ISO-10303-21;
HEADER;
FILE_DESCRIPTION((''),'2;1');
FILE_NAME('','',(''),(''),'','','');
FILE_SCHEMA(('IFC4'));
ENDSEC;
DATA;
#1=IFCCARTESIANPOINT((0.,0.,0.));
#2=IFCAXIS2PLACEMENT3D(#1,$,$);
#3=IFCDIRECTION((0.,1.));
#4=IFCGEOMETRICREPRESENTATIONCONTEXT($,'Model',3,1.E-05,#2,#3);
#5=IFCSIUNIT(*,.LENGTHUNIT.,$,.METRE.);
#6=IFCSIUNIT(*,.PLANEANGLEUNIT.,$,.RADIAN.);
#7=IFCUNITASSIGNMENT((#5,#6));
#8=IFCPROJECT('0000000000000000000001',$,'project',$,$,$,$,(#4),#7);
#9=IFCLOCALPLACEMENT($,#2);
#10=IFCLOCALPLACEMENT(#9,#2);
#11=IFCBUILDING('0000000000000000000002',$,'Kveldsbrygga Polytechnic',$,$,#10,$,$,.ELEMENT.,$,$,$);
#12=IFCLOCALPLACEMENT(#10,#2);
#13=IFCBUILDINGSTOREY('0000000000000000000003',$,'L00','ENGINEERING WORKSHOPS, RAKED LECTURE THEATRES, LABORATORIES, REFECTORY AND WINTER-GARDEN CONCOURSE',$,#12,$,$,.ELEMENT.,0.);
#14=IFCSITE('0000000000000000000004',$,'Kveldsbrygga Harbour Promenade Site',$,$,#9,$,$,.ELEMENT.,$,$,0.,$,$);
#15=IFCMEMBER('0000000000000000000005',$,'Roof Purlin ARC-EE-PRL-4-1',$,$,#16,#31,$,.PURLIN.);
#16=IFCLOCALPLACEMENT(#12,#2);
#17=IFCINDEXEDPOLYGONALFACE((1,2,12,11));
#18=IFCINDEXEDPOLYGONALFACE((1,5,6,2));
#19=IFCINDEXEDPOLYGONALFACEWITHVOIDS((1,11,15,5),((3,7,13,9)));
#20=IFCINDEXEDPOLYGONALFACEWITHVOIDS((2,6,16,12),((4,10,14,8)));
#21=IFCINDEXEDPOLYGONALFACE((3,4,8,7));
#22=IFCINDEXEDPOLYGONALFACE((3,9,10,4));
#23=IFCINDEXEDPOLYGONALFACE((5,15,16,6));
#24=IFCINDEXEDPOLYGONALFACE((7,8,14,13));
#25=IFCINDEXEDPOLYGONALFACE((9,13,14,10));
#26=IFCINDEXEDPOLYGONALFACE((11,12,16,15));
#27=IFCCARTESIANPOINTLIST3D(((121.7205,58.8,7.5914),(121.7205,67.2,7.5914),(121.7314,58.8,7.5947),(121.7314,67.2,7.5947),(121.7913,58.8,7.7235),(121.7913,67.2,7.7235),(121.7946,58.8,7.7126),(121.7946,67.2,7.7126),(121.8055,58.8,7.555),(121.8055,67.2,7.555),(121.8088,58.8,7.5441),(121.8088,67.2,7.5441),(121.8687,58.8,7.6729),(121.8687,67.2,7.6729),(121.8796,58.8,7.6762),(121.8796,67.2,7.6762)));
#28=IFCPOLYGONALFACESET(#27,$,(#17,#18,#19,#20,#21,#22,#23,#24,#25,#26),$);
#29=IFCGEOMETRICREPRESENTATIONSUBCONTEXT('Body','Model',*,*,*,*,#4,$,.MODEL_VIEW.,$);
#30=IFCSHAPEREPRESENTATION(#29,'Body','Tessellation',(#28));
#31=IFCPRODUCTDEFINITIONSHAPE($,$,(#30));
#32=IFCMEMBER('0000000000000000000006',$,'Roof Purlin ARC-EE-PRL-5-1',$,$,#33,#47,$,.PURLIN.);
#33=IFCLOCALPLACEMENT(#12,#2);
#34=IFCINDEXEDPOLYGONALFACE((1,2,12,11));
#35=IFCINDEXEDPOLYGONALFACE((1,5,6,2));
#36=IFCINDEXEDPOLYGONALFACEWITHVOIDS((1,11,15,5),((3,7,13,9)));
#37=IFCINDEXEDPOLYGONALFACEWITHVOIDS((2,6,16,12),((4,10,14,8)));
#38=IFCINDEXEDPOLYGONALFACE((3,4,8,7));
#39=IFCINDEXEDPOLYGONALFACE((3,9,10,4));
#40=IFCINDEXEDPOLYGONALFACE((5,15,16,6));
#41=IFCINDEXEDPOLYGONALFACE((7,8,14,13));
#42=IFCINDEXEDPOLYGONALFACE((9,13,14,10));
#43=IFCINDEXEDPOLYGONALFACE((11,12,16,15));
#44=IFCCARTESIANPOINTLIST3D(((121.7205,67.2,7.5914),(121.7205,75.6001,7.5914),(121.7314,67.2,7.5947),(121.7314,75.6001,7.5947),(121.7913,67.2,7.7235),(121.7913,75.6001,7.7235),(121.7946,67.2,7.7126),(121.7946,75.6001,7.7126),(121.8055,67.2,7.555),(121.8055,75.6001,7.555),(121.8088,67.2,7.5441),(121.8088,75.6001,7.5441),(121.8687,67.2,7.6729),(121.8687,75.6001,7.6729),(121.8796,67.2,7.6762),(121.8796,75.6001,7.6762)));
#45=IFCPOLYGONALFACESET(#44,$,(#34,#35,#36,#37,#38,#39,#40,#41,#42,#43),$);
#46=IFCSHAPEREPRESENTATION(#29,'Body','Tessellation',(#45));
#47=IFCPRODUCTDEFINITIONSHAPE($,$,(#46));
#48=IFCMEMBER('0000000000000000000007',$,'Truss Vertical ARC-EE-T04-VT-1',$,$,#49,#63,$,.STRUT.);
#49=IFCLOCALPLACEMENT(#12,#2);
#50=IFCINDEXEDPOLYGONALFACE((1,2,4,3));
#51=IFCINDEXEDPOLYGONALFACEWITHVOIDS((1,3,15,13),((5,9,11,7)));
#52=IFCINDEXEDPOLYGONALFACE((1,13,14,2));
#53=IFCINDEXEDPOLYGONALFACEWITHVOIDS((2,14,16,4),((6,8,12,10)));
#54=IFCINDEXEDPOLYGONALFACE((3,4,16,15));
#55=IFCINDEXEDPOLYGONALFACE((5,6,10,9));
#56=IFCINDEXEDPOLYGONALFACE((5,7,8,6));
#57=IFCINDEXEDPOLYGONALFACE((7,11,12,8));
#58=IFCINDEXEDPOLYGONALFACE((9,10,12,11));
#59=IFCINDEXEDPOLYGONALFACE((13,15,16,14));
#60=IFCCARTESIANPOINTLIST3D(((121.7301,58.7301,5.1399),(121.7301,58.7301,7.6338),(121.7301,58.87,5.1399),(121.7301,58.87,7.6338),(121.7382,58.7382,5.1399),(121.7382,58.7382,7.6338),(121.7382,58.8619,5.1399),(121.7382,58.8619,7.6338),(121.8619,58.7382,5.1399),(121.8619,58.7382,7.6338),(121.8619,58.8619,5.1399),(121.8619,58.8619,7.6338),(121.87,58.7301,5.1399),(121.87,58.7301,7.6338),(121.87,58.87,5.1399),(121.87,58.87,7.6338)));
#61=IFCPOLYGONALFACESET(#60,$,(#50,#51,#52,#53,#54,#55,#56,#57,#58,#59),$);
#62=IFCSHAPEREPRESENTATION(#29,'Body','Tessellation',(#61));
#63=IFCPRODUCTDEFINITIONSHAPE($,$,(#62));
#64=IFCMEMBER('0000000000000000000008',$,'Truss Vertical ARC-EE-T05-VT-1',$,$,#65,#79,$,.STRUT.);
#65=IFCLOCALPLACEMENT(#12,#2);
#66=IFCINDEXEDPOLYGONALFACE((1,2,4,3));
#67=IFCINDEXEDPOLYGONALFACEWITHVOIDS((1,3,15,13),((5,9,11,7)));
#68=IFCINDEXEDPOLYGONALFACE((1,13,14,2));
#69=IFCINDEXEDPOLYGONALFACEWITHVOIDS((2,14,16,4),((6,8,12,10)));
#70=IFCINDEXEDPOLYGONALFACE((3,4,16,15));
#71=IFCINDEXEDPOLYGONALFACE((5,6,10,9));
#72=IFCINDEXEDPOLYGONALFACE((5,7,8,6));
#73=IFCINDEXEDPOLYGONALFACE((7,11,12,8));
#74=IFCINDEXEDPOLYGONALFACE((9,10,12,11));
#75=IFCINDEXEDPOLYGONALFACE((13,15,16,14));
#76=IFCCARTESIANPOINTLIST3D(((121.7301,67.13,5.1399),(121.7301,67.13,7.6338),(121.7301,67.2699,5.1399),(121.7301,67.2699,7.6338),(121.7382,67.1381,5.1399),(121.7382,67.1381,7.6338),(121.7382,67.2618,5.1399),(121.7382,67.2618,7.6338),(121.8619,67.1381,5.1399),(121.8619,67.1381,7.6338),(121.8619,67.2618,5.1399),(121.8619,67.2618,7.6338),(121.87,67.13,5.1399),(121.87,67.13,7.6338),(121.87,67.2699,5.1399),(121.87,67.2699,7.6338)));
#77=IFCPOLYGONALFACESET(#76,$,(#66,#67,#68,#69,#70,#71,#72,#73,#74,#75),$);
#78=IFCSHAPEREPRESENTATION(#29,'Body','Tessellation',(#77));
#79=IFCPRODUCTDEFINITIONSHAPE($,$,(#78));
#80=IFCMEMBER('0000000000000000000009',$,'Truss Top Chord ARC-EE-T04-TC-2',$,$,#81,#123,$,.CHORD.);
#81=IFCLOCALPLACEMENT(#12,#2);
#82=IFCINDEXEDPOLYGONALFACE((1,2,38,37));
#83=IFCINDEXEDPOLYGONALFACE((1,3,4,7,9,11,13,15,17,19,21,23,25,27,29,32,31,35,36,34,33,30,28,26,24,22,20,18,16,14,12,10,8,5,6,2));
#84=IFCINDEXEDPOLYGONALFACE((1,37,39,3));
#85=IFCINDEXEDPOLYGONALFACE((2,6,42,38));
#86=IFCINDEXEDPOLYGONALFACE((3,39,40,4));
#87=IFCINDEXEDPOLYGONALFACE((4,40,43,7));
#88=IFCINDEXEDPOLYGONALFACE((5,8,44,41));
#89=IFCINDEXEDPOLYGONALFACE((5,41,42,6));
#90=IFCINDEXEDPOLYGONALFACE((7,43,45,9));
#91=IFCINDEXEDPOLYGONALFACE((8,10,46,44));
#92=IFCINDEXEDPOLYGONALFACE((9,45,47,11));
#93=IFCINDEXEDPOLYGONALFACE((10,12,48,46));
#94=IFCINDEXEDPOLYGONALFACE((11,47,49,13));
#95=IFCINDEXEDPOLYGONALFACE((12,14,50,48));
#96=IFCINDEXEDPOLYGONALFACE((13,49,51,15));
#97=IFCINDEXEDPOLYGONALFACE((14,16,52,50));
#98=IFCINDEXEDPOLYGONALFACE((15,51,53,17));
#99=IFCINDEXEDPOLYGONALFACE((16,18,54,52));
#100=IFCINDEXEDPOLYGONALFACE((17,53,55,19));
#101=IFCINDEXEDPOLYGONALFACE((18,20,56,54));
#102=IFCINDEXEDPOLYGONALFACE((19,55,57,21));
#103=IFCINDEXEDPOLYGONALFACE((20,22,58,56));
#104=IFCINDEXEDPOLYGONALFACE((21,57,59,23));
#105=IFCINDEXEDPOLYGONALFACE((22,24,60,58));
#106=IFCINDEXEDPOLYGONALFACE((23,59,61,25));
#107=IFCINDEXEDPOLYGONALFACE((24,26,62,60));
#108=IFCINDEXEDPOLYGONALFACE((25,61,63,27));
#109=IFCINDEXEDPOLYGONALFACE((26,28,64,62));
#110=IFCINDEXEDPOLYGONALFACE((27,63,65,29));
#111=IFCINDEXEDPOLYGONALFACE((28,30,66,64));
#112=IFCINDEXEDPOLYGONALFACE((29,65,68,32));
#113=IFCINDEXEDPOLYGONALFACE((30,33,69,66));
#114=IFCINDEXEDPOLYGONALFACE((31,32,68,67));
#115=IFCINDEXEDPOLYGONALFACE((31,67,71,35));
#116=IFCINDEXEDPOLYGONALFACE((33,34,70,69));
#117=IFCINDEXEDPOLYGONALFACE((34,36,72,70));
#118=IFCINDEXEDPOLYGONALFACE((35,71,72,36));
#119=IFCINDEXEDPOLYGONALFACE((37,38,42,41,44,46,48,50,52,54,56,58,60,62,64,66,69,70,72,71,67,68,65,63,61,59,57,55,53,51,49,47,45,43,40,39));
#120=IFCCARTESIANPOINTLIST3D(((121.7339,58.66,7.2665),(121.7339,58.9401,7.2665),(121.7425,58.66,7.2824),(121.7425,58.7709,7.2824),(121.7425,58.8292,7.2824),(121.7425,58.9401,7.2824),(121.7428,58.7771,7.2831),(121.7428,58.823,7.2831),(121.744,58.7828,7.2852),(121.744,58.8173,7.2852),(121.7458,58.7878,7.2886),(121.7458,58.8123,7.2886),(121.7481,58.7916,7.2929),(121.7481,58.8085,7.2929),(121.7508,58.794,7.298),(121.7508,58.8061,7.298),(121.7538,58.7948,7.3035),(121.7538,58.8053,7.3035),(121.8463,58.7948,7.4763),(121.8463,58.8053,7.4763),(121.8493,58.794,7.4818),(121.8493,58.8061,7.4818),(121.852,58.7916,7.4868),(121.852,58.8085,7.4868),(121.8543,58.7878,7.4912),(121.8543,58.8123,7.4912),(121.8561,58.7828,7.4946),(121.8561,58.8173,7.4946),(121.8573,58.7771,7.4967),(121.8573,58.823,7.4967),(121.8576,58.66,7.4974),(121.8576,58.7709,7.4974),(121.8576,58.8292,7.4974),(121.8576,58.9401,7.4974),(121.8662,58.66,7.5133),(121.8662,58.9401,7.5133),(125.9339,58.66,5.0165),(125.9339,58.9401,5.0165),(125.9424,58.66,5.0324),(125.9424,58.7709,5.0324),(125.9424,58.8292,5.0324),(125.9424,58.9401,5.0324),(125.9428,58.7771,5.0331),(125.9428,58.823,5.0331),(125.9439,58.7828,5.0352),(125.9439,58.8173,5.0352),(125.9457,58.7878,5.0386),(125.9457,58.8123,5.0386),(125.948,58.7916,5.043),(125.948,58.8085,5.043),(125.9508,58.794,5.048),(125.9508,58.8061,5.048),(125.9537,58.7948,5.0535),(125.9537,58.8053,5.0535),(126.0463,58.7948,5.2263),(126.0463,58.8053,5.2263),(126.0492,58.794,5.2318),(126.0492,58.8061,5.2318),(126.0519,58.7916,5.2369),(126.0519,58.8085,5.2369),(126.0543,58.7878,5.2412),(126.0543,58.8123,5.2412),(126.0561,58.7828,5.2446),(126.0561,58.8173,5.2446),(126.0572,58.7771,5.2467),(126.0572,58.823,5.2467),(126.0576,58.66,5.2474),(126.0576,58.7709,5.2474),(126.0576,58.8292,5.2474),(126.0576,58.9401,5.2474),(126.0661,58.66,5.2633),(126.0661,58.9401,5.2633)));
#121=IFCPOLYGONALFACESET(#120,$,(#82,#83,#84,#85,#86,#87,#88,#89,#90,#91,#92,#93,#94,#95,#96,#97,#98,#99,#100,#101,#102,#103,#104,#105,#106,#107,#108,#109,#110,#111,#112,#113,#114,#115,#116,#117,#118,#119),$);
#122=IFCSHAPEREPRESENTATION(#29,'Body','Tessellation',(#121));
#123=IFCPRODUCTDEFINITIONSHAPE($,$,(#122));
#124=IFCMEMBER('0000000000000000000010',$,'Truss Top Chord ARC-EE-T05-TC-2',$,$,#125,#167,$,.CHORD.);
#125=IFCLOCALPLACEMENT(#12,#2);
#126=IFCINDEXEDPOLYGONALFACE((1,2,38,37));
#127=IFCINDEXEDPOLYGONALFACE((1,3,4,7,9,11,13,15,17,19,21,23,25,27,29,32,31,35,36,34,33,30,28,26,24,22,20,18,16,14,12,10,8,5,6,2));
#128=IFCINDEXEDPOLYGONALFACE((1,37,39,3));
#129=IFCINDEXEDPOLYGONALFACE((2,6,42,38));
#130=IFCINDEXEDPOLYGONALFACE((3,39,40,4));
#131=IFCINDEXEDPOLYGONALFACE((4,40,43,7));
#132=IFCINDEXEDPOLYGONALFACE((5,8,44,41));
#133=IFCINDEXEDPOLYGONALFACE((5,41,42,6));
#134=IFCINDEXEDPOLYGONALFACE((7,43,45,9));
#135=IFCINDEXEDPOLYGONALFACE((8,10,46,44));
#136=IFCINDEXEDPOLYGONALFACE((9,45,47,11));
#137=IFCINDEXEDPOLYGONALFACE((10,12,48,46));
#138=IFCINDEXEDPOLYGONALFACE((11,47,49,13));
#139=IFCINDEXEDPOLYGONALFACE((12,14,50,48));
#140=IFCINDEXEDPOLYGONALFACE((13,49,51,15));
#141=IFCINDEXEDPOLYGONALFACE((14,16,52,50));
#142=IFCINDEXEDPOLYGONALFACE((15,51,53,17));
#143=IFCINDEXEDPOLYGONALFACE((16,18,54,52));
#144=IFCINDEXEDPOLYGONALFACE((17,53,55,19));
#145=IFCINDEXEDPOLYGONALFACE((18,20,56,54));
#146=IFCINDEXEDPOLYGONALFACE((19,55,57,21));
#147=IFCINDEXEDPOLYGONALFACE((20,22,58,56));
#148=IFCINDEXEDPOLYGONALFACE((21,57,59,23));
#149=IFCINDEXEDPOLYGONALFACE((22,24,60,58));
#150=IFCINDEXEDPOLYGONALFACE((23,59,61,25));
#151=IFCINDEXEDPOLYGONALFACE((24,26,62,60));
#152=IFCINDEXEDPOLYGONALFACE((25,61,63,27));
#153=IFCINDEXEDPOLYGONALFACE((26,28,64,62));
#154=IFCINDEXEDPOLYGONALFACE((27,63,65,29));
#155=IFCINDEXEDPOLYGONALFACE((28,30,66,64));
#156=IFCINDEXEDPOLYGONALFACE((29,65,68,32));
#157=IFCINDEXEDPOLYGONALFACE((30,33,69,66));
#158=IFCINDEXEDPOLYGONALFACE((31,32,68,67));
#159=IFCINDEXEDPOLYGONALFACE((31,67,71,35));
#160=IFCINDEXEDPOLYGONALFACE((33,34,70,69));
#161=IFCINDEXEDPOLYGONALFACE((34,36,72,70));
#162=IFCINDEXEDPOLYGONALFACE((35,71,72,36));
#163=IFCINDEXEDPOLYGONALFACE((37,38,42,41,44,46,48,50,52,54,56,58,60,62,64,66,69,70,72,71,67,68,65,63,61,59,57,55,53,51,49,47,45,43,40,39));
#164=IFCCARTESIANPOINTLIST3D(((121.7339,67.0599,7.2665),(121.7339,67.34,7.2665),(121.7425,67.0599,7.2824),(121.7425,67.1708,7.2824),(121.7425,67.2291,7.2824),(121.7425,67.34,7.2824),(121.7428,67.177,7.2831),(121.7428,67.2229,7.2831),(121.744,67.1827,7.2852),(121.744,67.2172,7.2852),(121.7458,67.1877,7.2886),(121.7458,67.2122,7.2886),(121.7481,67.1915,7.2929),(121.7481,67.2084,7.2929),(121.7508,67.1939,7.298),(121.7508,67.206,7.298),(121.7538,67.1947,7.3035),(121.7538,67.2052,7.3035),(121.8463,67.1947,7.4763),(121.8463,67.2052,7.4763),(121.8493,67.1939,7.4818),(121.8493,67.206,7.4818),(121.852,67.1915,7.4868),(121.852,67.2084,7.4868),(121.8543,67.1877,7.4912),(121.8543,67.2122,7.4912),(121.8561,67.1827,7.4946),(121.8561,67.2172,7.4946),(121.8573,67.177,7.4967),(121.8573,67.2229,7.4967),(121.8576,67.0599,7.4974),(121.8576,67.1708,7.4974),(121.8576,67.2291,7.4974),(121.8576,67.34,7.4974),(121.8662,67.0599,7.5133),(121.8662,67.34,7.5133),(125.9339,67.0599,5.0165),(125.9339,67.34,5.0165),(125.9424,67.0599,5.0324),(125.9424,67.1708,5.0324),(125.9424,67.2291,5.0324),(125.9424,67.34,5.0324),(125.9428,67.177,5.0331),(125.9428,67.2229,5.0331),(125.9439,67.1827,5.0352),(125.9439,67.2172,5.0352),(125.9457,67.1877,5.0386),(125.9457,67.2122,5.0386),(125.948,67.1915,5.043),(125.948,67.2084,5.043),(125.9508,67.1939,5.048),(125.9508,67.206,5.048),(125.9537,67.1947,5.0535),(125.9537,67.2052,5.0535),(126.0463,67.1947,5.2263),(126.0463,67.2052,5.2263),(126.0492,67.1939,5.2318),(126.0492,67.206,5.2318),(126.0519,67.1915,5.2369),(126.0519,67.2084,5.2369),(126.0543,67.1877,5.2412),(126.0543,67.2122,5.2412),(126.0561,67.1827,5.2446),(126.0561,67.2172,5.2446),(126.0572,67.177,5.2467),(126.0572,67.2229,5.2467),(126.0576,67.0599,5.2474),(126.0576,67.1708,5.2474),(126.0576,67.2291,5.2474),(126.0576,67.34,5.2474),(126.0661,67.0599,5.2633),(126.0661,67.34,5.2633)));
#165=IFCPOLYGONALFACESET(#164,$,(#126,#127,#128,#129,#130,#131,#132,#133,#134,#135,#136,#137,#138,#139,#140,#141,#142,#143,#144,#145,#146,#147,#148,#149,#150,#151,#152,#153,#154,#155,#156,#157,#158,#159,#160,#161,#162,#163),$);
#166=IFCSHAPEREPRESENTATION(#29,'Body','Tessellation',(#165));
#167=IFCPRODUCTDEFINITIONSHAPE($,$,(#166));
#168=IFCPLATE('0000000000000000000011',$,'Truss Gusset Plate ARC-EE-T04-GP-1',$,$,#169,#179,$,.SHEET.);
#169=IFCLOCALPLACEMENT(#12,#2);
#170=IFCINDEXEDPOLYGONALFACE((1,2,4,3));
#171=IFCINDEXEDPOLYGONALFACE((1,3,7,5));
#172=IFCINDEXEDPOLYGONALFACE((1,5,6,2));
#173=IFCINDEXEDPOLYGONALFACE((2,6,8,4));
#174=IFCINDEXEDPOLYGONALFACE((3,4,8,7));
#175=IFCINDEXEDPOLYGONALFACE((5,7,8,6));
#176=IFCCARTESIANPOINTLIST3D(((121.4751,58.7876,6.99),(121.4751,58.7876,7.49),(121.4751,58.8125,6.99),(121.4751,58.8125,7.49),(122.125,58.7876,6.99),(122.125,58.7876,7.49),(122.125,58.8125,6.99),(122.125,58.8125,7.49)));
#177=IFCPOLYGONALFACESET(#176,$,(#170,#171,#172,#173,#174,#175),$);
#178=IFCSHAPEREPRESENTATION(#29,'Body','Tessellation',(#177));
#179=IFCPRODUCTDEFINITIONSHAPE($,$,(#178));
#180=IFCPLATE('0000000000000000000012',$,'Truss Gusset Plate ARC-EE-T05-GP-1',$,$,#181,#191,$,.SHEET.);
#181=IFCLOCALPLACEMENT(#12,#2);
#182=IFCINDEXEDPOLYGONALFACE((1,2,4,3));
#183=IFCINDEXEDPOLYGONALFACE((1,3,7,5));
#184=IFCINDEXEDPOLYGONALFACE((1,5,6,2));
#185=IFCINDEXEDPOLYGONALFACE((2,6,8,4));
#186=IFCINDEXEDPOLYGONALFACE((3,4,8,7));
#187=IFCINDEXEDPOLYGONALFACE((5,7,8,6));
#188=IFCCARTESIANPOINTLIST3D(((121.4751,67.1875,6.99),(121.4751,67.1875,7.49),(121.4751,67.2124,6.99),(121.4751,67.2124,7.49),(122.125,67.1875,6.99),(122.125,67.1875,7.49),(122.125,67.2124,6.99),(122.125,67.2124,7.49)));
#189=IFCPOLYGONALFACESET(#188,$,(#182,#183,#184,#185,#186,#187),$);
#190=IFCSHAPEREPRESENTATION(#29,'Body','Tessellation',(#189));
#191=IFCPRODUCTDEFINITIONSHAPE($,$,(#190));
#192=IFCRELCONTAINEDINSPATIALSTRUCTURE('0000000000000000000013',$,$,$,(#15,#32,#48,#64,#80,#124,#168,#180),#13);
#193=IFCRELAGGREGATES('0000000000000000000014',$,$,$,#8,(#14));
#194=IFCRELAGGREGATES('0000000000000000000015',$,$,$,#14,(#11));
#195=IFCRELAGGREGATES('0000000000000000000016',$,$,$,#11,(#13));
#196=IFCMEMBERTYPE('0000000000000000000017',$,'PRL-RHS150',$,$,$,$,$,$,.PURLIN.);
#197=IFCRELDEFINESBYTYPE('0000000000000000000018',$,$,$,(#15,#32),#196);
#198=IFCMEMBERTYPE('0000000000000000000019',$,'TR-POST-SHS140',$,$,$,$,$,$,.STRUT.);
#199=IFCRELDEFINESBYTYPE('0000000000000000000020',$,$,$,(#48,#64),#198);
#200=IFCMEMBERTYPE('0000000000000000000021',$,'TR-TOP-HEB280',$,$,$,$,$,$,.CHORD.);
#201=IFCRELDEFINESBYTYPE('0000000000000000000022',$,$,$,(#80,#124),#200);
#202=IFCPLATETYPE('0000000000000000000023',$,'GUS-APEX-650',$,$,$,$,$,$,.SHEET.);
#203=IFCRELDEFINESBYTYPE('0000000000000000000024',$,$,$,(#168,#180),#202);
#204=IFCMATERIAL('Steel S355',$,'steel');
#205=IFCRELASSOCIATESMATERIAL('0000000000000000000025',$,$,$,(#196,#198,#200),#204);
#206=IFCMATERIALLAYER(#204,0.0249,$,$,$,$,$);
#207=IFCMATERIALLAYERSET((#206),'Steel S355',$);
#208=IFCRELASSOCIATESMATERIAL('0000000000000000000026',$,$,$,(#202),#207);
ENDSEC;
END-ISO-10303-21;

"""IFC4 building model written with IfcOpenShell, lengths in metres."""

from ifc_helpers import new_model, si_unit, direction, frame, origin, origin_2d, place, context, subcontext, project, spatial, rectangle, hollow_rectangle, i_section, extrude, material, layer, layer_set, material_profile, profile_set, type_object, element, save


model = new_model("IFC4")

# Units and contexts
model_context = context("Model", 3, precision=1e-05, world=origin(), true_north=direction((0.0, 1.0)))
body_context = subcontext(model_context, "Body", "Model", "MODEL_VIEW")
ifc_project = project(units=[si_unit("LENGTHUNIT", "METRE"), si_unit("PLANEANGLEUNIT", "RADIAN")], contexts=[model_context])

# Site, building, storey
site_placement = place(None, origin())
site = spatial("IfcSite", under=ifc_project, at=site_placement, Name="Kveldsbrygga Harbour Promenade Site", CompositionType="ELEMENT", RefElevation=0.0)
building_placement = place(site_placement, origin())
building = spatial("IfcBuilding", under=site, at=building_placement, Name="Kveldsbrygga Polytechnic", CompositionType="ELEMENT")
storey_placement = place(building_placement, origin())
storey = spatial("IfcBuildingStorey", under=building, at=storey_placement, Name="L00", Description="ENGINEERING WORKSHOPS, RAKED LECTURE THEATRES, LABORATORIES, REFECTORY AND WINTER-GARDEN CONCOURSE", CompositionType="ELEMENT", Elevation=0.0)

# Members
ifc_material_1 = material(Name="Steel S355", Category="steel")
ifc_material_profile_1 = material_profile(ifc_material_1, hollow_rectangle(XDim=0.1001, YDim=0.1499, WallThickness=0.0081, at=origin_2d()), Name="RHS 150x100x8.0")
ifc_profile_set_1 = profile_set([ifc_material_profile_1], Name="Steel S355")
member_type_1 = type_object("IfcMemberType", Name="PRL-RHS150", PredefinedType="PURLIN", material=ifc_profile_set_1)
member_1_placement = place(storey_placement, frame((121.8, 58.8, 7.6338), z_axis=(0.0, 1.0, 0.0), x_axis=(-0.88148, 0.0, 0.472222)))
element("IfcMember", 1, at=member_1_placement, inside=storey, type_object=member_type_1, Name="Roof Purlin ARC-EE-PRL-4-1", PredefinedType="PURLIN", context=body_context, shape_type="SweptSolid", body=[
    extrude(hollow_rectangle(XDim=0.1001, YDim=0.1499, WallThickness=0.0081, at=origin_2d()), origin(), (0.0, 0.0, 1.0), 8.3999),
])
member_2_placement = place(storey_placement, frame((121.8, 67.2, 7.6338), z_axis=(0.0, 1.0, 0.0), x_axis=(-0.88148, 0.0, 0.472222)))
element("IfcMember", 2, at=member_2_placement, inside=storey, type_object=member_type_1, Name="Roof Purlin ARC-EE-PRL-5-1", PredefinedType="PURLIN", context=body_context, shape_type="SweptSolid", body=[
    extrude(hollow_rectangle(XDim=0.1001, YDim=0.1499, WallThickness=0.0081, at=origin_2d()), origin(), (0.0, 0.0, 1.0), 8.4001),
])
ifc_material_profile_2 = material_profile(ifc_material_1, hollow_rectangle(XDim=0.1399, YDim=0.1399, WallThickness=0.0081, at=origin_2d()), Name="SHS 140x140x8.0")
ifc_profile_set_2 = profile_set([ifc_material_profile_2], Name="Steel S355")
member_type_2 = type_object("IfcMemberType", Name="TR-POST-SHS140", PredefinedType="STRUT", material=ifc_profile_set_2)
for number, where, z_axis, x_axis, name in (
    (3, (121.8, 58.8, 5.1399), (0.0, 0.0, 1.0), (1.0, 0.0, 0.0), "Truss Vertical ARC-EE-T04-VT-1"),
    (4, (121.8, 67.2, 5.1399), (0.0, 0.0, 1.0), (1.0, 0.0, 0.0), "Truss Vertical ARC-EE-T05-VT-1"),
):
    element("IfcMember", number, at=place(storey_placement, frame(where, z_axis=z_axis, x_axis=x_axis)), inside=storey, type_object=member_type_2, Name=name, PredefinedType="STRUT", context=body_context, shape_type="SweptSolid", body=[
        extrude(hollow_rectangle(XDim=0.1399, YDim=0.1399, WallThickness=0.0081, at=origin_2d()), origin(), (0.0, 0.0, 1.0), 2.4939),
    ])
ifc_material_profile_3 = material_profile(ifc_material_1, i_section(OverallWidth=0.28, OverallDepth=0.28, WebThickness=0.0105, FlangeThickness=0.0181, FilletRadius=0.0239, at=origin_2d()), Name="HEB 280")
ifc_profile_set_3 = profile_set([ifc_material_profile_3], Name="Steel S355")
member_type_3 = type_object("IfcMemberType", Name="TR-TOP-HEB280", PredefinedType="CHORD", material=ifc_profile_set_3)
for number, where, z_axis, x_axis, name in (
    (5, (121.8, 58.8, 7.3899), (0.881478, 0.0, -0.472226), (0.0, 1.0, 0.0), "Truss Top Chord ARC-EE-T04-TC-2"),
    (6, (121.8, 67.2, 7.3899), (0.881478, 0.0, -0.472226), (0.0, 1.0, 0.0), "Truss Top Chord ARC-EE-T05-TC-2"),
):
    element("IfcMember", number, at=place(storey_placement, frame(where, z_axis=z_axis, x_axis=x_axis)), inside=storey, type_object=member_type_3, Name=name, PredefinedType="CHORD", context=body_context, shape_type="SweptSolid", body=[
        extrude(i_section(OverallWidth=0.28, OverallDepth=0.28, WebThickness=0.0105, FlangeThickness=0.0181, FilletRadius=0.0239, at=origin_2d()), origin(), (0.0, 0.0, 1.0), 4.7646),
    ])

# Plates
ifc_layer_1 = layer(ifc_material_1, 0.0249)
ifc_layer_set_1 = layer_set([ifc_layer_1], Name="Steel S355")
plate_type_1 = type_object("IfcPlateType", Name="GUS-APEX-650", PredefinedType="SHEET", material=ifc_layer_set_1)
for number, where, z_axis, x_axis, name in (
    (7, (121.8, 58.8, 6.99), (0.0, 0.0, 1.0), (1.0, 0.0, 0.0), "Truss Gusset Plate ARC-EE-T04-GP-1"),
    (8, (121.8, 67.2, 6.99), (0.0, 0.0, 1.0), (1.0, 0.0, 0.0), "Truss Gusset Plate ARC-EE-T05-GP-1"),
):
    element("IfcPlate", number, at=place(storey_placement, frame(where, z_axis=z_axis, x_axis=x_axis)), inside=storey, type_object=plate_type_1, Name=name, PredefinedType="SHEET", context=body_context, shape_type="SweptSolid", body=[
        extrude(rectangle(XDim=0.6499, YDim=0.0249, at=origin_2d()), origin(), (0.0, 0.0, 1.0), 0.5),
    ])

save(model, "model.ifc")
